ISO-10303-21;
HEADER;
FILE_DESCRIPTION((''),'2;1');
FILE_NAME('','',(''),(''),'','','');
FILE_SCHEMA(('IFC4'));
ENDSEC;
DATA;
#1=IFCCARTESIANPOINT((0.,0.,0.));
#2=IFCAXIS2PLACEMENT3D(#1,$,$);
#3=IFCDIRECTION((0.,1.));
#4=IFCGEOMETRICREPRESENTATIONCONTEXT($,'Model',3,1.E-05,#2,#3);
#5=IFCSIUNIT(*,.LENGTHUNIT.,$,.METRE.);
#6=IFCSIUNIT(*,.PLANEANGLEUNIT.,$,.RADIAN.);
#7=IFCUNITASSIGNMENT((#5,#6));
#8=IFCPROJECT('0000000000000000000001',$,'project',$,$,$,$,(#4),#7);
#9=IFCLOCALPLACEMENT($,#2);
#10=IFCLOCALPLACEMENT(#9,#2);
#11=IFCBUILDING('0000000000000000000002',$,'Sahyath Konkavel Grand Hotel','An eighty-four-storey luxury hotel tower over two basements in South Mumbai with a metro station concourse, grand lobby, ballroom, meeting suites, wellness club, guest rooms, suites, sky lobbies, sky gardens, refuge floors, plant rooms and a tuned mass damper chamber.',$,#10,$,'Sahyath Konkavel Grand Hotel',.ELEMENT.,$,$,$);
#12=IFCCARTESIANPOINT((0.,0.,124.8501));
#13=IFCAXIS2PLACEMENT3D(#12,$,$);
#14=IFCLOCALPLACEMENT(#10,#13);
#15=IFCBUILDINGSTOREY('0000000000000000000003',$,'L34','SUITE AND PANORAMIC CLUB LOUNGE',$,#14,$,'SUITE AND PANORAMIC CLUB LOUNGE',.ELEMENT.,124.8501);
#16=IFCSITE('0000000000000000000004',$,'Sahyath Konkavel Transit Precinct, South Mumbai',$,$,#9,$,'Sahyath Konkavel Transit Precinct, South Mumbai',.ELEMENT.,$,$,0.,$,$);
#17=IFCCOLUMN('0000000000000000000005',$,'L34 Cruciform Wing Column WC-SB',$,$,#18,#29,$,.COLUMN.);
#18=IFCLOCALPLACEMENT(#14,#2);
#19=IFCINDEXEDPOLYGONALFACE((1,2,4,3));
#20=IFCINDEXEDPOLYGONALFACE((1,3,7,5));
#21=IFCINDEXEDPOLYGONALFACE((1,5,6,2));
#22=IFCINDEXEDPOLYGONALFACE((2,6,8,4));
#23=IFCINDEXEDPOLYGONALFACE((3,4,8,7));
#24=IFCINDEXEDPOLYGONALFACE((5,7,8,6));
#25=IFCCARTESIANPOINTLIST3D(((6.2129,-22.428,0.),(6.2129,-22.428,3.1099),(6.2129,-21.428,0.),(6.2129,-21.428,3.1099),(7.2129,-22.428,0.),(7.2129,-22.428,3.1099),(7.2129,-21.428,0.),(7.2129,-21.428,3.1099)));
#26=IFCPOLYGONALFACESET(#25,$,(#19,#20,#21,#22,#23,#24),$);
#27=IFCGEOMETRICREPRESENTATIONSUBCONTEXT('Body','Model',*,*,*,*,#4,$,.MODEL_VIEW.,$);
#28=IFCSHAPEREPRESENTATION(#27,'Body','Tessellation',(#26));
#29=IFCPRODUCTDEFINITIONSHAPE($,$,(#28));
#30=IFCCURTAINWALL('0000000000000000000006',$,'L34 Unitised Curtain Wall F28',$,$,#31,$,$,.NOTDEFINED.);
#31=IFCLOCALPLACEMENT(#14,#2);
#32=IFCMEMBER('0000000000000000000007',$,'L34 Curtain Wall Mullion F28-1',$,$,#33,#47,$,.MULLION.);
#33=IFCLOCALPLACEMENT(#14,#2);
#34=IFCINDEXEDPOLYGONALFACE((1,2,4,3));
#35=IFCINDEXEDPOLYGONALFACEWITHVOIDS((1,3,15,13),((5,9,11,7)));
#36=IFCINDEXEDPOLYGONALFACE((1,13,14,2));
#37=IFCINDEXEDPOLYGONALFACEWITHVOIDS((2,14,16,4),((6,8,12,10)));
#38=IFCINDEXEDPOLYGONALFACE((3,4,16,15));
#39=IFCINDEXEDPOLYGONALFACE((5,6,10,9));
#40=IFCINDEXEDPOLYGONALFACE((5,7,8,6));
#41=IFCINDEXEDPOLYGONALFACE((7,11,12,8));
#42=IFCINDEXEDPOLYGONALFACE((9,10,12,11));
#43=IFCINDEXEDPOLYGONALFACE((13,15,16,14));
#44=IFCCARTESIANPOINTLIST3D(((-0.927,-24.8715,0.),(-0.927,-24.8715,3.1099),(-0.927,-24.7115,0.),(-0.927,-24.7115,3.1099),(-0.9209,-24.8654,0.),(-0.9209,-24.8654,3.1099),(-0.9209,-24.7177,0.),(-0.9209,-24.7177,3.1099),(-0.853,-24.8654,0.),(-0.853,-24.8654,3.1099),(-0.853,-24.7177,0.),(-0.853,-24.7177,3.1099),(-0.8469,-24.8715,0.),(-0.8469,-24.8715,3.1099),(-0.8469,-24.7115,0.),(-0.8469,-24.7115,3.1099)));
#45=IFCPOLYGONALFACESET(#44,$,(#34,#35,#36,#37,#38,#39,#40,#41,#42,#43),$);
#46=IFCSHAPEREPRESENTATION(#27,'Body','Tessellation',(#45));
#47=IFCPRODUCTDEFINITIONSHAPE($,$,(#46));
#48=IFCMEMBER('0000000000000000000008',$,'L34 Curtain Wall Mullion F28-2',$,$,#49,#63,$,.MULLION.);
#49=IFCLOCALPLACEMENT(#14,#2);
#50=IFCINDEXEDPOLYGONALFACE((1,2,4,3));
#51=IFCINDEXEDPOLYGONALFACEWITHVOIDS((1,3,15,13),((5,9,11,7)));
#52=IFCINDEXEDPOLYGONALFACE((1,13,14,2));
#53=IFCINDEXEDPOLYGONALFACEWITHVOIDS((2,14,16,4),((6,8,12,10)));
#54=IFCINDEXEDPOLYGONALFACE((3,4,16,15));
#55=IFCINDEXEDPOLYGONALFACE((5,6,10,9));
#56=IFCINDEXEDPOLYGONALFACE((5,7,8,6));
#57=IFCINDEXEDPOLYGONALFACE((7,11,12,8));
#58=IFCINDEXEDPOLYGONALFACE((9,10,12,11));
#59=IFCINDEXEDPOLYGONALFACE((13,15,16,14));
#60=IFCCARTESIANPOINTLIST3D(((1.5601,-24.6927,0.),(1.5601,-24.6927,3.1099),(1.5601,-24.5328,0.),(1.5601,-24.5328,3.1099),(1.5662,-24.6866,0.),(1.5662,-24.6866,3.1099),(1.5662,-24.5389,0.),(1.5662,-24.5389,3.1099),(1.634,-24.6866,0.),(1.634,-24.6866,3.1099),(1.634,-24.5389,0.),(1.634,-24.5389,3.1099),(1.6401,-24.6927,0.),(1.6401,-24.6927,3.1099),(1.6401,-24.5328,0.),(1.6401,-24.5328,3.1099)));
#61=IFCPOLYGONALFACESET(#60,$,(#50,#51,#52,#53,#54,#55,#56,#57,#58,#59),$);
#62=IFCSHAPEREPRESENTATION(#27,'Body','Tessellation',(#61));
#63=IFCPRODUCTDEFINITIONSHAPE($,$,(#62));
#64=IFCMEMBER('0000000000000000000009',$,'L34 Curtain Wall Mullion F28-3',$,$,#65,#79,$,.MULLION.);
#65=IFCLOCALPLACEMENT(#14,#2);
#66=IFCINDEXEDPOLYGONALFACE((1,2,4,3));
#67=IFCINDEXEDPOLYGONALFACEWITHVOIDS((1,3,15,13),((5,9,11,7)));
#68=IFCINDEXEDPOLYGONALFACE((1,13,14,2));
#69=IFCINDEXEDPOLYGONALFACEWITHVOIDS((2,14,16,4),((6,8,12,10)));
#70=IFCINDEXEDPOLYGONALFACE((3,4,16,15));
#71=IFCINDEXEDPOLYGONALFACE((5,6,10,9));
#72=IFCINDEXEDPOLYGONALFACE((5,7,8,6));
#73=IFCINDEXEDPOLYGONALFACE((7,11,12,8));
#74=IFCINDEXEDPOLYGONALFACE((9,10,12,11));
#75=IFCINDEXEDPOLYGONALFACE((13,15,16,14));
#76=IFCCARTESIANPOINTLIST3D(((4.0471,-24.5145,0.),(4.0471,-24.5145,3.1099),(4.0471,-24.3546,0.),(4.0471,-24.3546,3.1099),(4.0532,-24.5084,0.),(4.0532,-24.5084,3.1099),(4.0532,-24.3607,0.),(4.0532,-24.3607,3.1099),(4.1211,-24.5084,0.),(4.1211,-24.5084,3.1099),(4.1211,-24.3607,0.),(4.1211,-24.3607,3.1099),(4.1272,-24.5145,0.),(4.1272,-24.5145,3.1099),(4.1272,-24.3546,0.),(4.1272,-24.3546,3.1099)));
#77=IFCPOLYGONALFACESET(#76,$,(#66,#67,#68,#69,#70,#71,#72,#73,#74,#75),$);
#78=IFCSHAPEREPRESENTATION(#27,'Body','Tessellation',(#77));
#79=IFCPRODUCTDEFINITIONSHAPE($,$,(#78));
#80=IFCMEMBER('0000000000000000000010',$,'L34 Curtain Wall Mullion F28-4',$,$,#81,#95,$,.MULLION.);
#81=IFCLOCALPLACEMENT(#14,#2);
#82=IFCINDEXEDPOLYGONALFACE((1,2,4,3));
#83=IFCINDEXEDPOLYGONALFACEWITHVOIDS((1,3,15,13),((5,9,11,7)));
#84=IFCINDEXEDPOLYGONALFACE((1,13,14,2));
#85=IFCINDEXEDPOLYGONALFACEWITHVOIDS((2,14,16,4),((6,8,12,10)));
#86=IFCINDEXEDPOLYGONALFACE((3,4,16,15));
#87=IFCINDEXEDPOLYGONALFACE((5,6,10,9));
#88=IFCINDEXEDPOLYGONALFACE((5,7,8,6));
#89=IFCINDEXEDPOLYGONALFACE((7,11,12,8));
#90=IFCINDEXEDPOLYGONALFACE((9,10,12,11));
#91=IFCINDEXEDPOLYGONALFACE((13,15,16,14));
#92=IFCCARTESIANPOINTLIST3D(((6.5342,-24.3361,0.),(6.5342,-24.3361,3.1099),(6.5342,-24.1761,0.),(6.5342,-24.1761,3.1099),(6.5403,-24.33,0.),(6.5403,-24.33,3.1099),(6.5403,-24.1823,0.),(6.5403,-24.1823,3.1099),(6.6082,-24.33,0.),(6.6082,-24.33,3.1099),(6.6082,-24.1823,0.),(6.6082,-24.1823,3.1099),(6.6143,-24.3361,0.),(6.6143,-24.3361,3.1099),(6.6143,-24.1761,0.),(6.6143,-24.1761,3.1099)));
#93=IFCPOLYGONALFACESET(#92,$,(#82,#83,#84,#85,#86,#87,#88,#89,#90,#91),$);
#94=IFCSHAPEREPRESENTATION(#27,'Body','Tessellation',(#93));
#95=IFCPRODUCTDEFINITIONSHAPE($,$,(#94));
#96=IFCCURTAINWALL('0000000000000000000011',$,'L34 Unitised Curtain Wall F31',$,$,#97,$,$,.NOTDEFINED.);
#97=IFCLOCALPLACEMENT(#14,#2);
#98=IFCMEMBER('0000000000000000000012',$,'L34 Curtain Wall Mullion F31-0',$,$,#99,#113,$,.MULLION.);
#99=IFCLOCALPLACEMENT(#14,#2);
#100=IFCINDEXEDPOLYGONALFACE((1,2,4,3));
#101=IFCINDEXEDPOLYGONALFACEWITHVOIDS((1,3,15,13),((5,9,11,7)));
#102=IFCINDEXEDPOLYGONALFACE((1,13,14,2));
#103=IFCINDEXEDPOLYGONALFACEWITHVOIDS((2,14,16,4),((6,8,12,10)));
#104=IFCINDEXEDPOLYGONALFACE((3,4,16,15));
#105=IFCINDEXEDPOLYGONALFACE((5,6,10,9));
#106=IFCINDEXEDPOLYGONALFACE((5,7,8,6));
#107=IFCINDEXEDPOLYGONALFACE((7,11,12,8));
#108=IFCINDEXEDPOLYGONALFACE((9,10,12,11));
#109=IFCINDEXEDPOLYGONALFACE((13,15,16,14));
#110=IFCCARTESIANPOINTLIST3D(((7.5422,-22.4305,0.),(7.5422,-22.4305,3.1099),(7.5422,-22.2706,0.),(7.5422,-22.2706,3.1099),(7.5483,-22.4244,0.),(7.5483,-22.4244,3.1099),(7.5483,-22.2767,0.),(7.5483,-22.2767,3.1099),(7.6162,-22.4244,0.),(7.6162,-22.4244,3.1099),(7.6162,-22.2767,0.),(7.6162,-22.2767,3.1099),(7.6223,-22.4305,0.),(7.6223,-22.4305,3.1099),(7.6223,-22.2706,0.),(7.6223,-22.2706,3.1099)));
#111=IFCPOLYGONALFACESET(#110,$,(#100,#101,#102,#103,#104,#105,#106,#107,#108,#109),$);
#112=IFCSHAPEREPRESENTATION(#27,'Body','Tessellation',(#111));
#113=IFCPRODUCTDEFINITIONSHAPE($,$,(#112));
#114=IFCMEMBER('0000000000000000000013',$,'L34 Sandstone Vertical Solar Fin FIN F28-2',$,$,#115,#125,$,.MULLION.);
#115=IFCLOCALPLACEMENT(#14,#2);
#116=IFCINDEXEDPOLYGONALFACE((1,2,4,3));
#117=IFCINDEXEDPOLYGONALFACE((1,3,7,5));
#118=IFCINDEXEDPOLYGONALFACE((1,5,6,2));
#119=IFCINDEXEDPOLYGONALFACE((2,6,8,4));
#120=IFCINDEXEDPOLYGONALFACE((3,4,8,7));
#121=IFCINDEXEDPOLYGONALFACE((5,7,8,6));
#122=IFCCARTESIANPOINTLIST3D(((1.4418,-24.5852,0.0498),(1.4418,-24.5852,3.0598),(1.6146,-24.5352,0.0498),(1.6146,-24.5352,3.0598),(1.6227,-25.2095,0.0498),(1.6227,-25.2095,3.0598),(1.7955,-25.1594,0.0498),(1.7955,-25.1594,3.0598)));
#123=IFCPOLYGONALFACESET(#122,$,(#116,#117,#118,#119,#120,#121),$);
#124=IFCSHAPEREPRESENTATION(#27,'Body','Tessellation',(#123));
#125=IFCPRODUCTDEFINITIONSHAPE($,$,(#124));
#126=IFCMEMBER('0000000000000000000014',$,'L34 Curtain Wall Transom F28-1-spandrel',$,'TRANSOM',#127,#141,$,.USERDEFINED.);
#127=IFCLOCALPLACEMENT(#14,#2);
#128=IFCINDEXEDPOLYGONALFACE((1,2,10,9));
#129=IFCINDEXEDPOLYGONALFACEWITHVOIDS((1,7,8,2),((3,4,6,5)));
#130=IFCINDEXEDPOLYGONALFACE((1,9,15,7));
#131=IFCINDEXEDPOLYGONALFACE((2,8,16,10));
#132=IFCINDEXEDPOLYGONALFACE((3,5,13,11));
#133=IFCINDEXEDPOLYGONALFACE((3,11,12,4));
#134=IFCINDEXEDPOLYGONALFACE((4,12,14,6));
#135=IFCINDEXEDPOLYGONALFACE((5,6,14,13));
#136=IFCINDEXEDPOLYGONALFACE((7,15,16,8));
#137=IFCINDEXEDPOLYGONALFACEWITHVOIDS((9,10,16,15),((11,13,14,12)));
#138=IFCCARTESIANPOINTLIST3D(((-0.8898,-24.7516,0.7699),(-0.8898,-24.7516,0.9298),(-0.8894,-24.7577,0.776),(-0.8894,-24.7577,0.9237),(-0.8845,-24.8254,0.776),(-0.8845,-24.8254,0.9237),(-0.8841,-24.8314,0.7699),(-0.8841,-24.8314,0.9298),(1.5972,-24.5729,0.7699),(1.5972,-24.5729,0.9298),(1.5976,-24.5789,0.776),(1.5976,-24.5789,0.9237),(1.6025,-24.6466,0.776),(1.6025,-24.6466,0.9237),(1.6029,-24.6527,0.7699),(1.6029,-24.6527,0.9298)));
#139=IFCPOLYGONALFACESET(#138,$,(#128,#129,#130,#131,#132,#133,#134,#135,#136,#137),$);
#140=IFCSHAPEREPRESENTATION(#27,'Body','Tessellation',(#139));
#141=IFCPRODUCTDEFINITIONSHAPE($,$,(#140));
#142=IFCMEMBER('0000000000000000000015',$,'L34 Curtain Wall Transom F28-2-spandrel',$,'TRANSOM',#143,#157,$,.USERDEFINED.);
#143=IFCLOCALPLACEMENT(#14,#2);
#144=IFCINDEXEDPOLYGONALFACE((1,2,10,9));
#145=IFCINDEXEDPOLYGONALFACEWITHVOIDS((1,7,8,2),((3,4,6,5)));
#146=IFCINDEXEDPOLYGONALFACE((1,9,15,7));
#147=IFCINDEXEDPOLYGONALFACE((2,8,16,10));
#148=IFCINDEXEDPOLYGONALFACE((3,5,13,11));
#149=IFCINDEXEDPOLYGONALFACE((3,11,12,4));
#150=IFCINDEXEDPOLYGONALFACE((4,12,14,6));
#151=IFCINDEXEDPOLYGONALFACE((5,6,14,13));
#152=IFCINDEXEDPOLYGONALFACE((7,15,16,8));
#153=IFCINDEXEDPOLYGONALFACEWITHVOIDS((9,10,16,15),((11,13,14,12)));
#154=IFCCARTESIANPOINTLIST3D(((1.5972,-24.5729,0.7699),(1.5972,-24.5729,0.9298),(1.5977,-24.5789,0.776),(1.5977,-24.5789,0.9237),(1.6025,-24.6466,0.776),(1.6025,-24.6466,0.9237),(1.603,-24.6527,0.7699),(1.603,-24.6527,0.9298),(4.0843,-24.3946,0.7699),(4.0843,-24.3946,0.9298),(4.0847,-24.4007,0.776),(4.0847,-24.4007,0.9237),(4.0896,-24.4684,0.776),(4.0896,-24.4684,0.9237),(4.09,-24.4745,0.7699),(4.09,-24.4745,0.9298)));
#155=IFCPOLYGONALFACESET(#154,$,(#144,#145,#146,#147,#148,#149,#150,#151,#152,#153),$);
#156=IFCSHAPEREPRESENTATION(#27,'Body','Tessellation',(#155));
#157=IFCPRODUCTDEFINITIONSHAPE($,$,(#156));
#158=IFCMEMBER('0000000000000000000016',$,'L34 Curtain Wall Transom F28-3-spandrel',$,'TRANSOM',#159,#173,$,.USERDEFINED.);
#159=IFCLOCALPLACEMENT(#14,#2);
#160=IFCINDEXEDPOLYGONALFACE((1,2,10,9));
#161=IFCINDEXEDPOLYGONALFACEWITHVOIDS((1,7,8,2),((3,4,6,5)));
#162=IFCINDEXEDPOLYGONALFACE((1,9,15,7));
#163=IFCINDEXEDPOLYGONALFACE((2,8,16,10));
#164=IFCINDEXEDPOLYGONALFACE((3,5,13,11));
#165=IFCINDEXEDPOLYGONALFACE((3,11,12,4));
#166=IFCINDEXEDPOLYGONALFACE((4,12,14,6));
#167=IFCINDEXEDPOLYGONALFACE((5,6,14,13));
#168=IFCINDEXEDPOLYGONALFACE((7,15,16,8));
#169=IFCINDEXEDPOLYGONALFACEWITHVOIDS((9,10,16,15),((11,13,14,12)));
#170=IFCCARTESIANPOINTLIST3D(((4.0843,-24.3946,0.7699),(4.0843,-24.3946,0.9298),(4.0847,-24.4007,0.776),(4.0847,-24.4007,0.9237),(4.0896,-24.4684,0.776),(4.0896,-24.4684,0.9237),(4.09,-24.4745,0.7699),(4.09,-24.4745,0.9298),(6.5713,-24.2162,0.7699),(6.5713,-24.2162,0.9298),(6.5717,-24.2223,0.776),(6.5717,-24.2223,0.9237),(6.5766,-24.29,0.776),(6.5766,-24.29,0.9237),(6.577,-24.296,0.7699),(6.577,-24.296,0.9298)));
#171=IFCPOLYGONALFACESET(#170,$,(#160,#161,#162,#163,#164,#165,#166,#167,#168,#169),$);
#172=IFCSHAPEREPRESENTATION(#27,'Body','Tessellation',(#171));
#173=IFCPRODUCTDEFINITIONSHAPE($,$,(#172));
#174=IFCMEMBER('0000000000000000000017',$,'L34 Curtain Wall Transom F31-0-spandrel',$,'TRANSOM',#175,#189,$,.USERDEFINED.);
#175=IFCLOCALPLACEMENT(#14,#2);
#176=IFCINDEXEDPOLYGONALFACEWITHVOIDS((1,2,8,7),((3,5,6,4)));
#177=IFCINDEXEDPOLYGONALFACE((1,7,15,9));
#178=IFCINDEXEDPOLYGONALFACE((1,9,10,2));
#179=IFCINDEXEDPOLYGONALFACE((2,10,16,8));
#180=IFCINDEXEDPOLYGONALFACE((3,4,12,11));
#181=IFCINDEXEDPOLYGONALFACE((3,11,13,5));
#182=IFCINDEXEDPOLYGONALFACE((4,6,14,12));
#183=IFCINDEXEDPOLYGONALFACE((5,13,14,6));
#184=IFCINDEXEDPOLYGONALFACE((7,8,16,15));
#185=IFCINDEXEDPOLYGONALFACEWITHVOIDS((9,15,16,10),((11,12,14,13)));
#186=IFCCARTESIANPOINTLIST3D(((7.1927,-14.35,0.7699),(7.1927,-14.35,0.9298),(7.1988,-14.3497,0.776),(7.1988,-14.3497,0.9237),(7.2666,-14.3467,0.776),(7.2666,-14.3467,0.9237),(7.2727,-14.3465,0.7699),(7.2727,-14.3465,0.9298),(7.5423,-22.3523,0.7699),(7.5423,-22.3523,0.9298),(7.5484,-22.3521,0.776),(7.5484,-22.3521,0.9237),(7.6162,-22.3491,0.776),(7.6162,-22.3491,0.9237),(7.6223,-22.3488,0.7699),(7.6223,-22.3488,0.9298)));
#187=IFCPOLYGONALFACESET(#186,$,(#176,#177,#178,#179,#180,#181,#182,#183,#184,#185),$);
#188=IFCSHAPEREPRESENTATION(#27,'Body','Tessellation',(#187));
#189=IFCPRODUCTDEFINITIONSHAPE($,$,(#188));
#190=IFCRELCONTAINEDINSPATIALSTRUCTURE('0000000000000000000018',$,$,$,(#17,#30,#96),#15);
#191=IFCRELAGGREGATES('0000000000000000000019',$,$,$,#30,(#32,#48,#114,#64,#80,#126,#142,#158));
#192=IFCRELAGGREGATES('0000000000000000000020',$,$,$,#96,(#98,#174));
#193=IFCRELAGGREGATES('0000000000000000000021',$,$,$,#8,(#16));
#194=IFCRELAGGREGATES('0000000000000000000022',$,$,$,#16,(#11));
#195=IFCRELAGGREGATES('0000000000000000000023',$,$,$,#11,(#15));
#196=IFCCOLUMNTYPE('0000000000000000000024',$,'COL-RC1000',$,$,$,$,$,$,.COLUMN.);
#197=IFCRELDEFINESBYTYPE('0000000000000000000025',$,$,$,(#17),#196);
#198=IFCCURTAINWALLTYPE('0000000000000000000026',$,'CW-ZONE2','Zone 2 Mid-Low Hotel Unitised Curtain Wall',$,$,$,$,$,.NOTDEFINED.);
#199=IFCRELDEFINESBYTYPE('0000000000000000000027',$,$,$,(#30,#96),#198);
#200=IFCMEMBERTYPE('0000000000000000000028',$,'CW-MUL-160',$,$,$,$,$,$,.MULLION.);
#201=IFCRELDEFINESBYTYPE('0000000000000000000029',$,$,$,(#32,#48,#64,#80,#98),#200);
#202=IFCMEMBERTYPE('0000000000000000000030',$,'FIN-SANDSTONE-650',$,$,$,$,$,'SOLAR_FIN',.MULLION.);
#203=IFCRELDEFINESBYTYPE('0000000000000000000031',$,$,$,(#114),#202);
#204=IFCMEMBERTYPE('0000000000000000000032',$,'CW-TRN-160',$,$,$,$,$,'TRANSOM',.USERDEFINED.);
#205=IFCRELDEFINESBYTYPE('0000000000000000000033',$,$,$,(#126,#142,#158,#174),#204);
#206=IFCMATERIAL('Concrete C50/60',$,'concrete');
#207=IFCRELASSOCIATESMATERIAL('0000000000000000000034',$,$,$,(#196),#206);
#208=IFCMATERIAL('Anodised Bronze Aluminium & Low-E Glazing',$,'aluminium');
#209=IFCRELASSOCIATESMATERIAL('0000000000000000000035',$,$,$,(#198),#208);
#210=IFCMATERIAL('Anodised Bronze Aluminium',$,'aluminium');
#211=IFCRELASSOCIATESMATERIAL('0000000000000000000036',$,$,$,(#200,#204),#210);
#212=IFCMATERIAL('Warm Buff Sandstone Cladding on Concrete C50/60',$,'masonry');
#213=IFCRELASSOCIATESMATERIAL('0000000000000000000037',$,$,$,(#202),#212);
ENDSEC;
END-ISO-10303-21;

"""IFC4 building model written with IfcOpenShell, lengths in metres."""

from ifc_helpers import new_model, si_unit, direction, frame, origin, origin_2d, place, context, subcontext, project, spatial, rectangle, hollow_rectangle, extrude, source, transform, mapped, material, material_profile, profile_set, type_object, element, aggregate, save


model = new_model("IFC4")

# Units and contexts
model_context = context("Model", 3, precision=1e-05, world=origin(), true_north=direction((0.0, 1.0)))
body_context = subcontext(model_context, "Body", "Model", "MODEL_VIEW")
ifc_project = project(units=[si_unit("LENGTHUNIT", "METRE"), si_unit("PLANEANGLEUNIT", "RADIAN")], contexts=[model_context])

# Site, building, storey
site_placement = place(None, origin())
site = spatial("IfcSite", under=ifc_project, at=site_placement, Name="Sahyath Konkavel Transit Precinct, South Mumbai", LongName="Sahyath Konkavel Transit Precinct, South Mumbai", CompositionType="ELEMENT", RefElevation=0.0)
building_placement = place(site_placement, origin())
building = spatial("IfcBuilding", under=site, at=building_placement, Name="Sahyath Konkavel Grand Hotel", Description="An eighty-four-storey luxury hotel tower over two basements in South Mumbai with a metro station concourse, grand lobby, ballroom, meeting suites, wellness club, guest rooms, suites, sky lobbies, sky gardens, refuge floors, plant rooms and a tuned mass damper chamber.", LongName="Sahyath Konkavel Grand Hotel", CompositionType="ELEMENT")
storey_placement = place(building_placement, frame((0.0, 0.0, 124.8501)))
storey = spatial("IfcBuildingStorey", under=building, at=storey_placement, Name="L34", Description="SUITE AND PANORAMIC CLUB LOUNGE", LongName="SUITE AND PANORAMIC CLUB LOUNGE", CompositionType="ELEMENT", Elevation=124.8501)

# Column
ifc_material_1 = material(Name="Concrete C50/60", Category="concrete")
ifc_material_profile_1 = material_profile(ifc_material_1, rectangle(XDim=1.0, YDim=1.0, at=origin_2d()), Name="RC 1000x1000")
ifc_profile_set_1 = profile_set([ifc_material_profile_1], Name="Concrete C50/60")
column_type = type_object("IfcColumnType", Name="COL-RC1000", PredefinedType="COLUMN", material=ifc_profile_set_1)
shared_shape_1 = source(origin(), body_context, "Body", "SweptSolid", [
    extrude(rectangle(XDim=1.0, YDim=1.0, at=origin_2d()), origin(), (0.0, 0.0, 1.0), 3.1099),
])
column_placement = place(storey_placement, frame((6.7129, -21.928, 0.0), z_axis=(0.0, 0.0, 1.0), x_axis=(1.0, 0.0, 0.0)))
element("IfcColumn", 1, at=column_placement, inside=storey, type_object=column_type, Name="L34 Cruciform Wing Column WC-SB", PredefinedType="COLUMN", context=body_context, shape_type="MappedRepresentation", body=[
    mapped(shared_shape_1, transform((0.0, 0.0, 0.0), scale=1.0)),
])

# Curtain wall, members
ifc_material_2 = material(Name="Anodised Bronze Aluminium & Low-E Glazing", Category="aluminium")
curtain_wall_type = type_object("IfcCurtainWallType", Name="CW-ZONE2", Description="Zone 2 Mid-Low Hotel Unitised Curtain Wall", PredefinedType="NOTDEFINED", material=ifc_material_2)
curtain_wall_1_placement = place(storey_placement, origin())
curtain_wall_1 = element("IfcCurtainWall", 2, at=curtain_wall_1_placement, inside=storey, type_object=curtain_wall_type, Name="L34 Unitised Curtain Wall F28", PredefinedType="NOTDEFINED")
ifc_material_3 = material(Name="Anodised Bronze Aluminium", Category="aluminium")
ifc_material_profile_2 = material_profile(ifc_material_3, hollow_rectangle(XDim=0.0801, YDim=0.1599, WallThickness=0.0061, at=origin_2d()), Name="RHS 160x80x6")
ifc_profile_set_2 = profile_set([ifc_material_profile_2], Name="Anodised Bronze Aluminium")
member_type_1 = type_object("IfcMemberType", Name="CW-MUL-160", PredefinedType="MULLION", material=ifc_profile_set_2)
shared_shape_2 = source(origin(), body_context, "Body", "SweptSolid", [
    extrude(hollow_rectangle(XDim=0.0801, YDim=0.1599, WallThickness=0.0061, at=origin_2d()), origin(), (0.0, 0.0, 1.0), 3.1099),
])
member_1_placement = place(storey_placement, frame((-0.887, -24.7915, 0.0), z_axis=(0.0, 0.0, 1.0), x_axis=(1.0, 0.0, 0.0)))
member_1 = element("IfcMember", 3, at=member_1_placement, type_object=member_type_1, Name="L34 Curtain Wall Mullion F28-1", PredefinedType="MULLION", context=body_context, shape_type="MappedRepresentation", body=[
    mapped(shared_shape_2, transform((0.0, 0.0, 0.0), scale=1.0)),
])
member_2_placement = place(storey_placement, frame((1.6001, -24.6128, 0.0), z_axis=(0.0, 0.0, 1.0), x_axis=(1.0, 0.0, 0.0)))
member_2 = element("IfcMember", 4, at=member_2_placement, type_object=member_type_1, Name="L34 Curtain Wall Mullion F28-2", PredefinedType="MULLION", context=body_context, shape_type="MappedRepresentation", body=[
    mapped(shared_shape_2, transform((0.0, 0.0, 0.0), scale=1.0)),
])
member_3_placement = place(storey_placement, frame((4.0872, -24.4346, 0.0), z_axis=(0.0, 0.0, 1.0), x_axis=(1.0, 0.0, 0.0)))
member_3 = element("IfcMember", 5, at=member_3_placement, type_object=member_type_1, Name="L34 Curtain Wall Mullion F28-3", PredefinedType="MULLION", context=body_context, shape_type="MappedRepresentation", body=[
    mapped(shared_shape_2, transform((0.0, 0.0, 0.0), scale=1.0)),
])
member_4_placement = place(storey_placement, frame((6.5742, -24.2561, 0.0), z_axis=(0.0, 0.0, 1.0), x_axis=(1.0, 0.0, 0.0)))
member_4 = element("IfcMember", 6, at=member_4_placement, type_object=member_type_1, Name="L34 Curtain Wall Mullion F28-4", PredefinedType="MULLION", context=body_context, shape_type="MappedRepresentation", body=[
    mapped(shared_shape_2, transform((0.0, 0.0, 0.0), scale=1.0)),
])

# Curtain wall, member
curtain_wall_2_placement = place(storey_placement, origin())
curtain_wall_2 = element("IfcCurtainWall", 7, at=curtain_wall_2_placement, inside=storey, type_object=curtain_wall_type, Name="L34 Unitised Curtain Wall F31", PredefinedType="NOTDEFINED")
member_5_placement = place(storey_placement, frame((7.5823, -22.3506, 0.0), z_axis=(0.0, 0.0, 1.0), x_axis=(1.0, 0.0, 0.0)))
member_5 = element("IfcMember", 8, at=member_5_placement, type_object=member_type_1, Name="L34 Curtain Wall Mullion F31-0", PredefinedType="MULLION", context=body_context, shape_type="MappedRepresentation", body=[
    mapped(shared_shape_2, transform((0.0, 0.0, 0.0), scale=1.0)),
])

# Members
ifc_material_4 = material(Name="Warm Buff Sandstone Cladding on Concrete C50/60", Category="masonry")
ifc_material_profile_3 = material_profile(ifc_material_4, rectangle(XDim=0.1799, YDim=0.6499, at=origin_2d()), Name="FIN 180x650")
ifc_profile_set_3 = profile_set([ifc_material_profile_3], Name="Warm Buff Sandstone Cladding on Concrete C50/60")
member_type_2 = type_object("IfcMemberType", Name="FIN-SANDSTONE-650", ElementType="SOLAR_FIN", PredefinedType="MULLION", material=ifc_profile_set_3)
shared_shape_3 = source(origin(), body_context, "Body", "SweptSolid", [
    extrude(rectangle(XDim=0.1799, YDim=0.6499, at=origin_2d()), origin(), (0.0, 0.0, 1.0), 3.01),
])
member_6_placement = place(storey_placement, frame((1.6187, -24.8723, 0.0498), z_axis=(0.0, 0.0, 1.0), x_axis=(0.960488, 0.278321, 0.0)))
member_6 = element("IfcMember", 9, at=member_6_placement, type_object=member_type_2, Name="L34 Sandstone Vertical Solar Fin FIN F28-2", PredefinedType="MULLION", context=body_context, shape_type="MappedRepresentation", body=[
    mapped(shared_shape_3, transform((0.0, 0.0, 0.0), scale=1.0)),
])
ifc_material_profile_4 = material_profile(ifc_material_3, hollow_rectangle(XDim=0.0801, YDim=0.1599, WallThickness=0.0061, at=origin_2d()), Name="RHS 160x80x6")
ifc_profile_set_4 = profile_set([ifc_material_profile_4], Name="Anodised Bronze Aluminium")
member_type_3 = type_object("IfcMemberType", Name="CW-TRN-160", ElementType="TRANSOM", PredefinedType="USERDEFINED", material=ifc_profile_set_4)
shared_shape_4 = source(origin(), body_context, "Body", "SweptSolid", [
    extrude(hollow_rectangle(XDim=0.0801, YDim=0.1599, WallThickness=0.0061, at=origin_2d()), origin(), (0.0, 0.0, 1.0), 2.4934),
])
member_7_placement = place(storey_placement, frame((-0.887, -24.7915, 0.8499), z_axis=(0.997428, 0.071671, 0.0), x_axis=(-0.071671, 0.997428, 0.0)))
member_7 = element("IfcMember", 10, at=member_7_placement, type_object=member_type_3, Name="L34 Curtain Wall Transom F28-1-spandrel", ObjectType="TRANSOM", PredefinedType="USERDEFINED", context=body_context, shape_type="MappedRepresentation", body=[
    mapped(shared_shape_4, transform((0.0, 0.0, 0.0), scale=1.0)),
])
member_8_placement = place(storey_placement, frame((1.6001, -24.6128, 0.8499), z_axis=(0.997442, 0.071477, 0.0), x_axis=(-0.071477, 0.997442, 0.0)))
member_8 = element("IfcMember", 11, at=member_8_placement, type_object=member_type_3, Name="L34 Curtain Wall Transom F28-2-spandrel", ObjectType="TRANSOM", PredefinedType="USERDEFINED", context=body_context, shape_type="MappedRepresentation", body=[
    mapped(shared_shape_4, transform((0.0, 0.0, 0.0), scale=1.0)),
])
member_9_placement = place(storey_placement, frame((4.0872, -24.4346, 0.8499), z_axis=(0.997435, 0.071574, 0.0), x_axis=(-0.071574, 0.997435, 0.0)))
member_9 = element("IfcMember", 12, at=member_9_placement, type_object=member_type_3, Name="L34 Curtain Wall Transom F28-3-spandrel", ObjectType="TRANSOM", PredefinedType="USERDEFINED", context=body_context, shape_type="MappedRepresentation", body=[
    mapped(shared_shape_4, transform((0.0, 0.0, 0.0), scale=1.0)),
])
shared_shape_5 = source(origin(), body_context, "Body", "SweptSolid", [
    extrude(hollow_rectangle(XDim=0.0801, YDim=0.1599, WallThickness=0.0061, at=origin_2d()), origin(), (0.0, 0.0, 1.0), 8.01),
])
member_10_placement = place(storey_placement, frame((7.5823, -22.3506, 0.8499), z_axis=(-0.043646, 0.999047, 0.0), x_axis=(-0.999047, -0.043646, 0.0)))
member_10 = element("IfcMember", 13, at=member_10_placement, type_object=member_type_3, Name="L34 Curtain Wall Transom F31-0-spandrel", ObjectType="TRANSOM", PredefinedType="USERDEFINED", context=body_context, shape_type="MappedRepresentation", body=[
    mapped(shared_shape_5, transform((0.0, 0.0, 0.0), scale=1.0)),
])

aggregate(curtain_wall_1, [member_1, member_2, member_6, member_3, member_4, member_7, member_8, member_9])
aggregate(curtain_wall_2, [member_5, member_10])

save(model, "model.ifc")
